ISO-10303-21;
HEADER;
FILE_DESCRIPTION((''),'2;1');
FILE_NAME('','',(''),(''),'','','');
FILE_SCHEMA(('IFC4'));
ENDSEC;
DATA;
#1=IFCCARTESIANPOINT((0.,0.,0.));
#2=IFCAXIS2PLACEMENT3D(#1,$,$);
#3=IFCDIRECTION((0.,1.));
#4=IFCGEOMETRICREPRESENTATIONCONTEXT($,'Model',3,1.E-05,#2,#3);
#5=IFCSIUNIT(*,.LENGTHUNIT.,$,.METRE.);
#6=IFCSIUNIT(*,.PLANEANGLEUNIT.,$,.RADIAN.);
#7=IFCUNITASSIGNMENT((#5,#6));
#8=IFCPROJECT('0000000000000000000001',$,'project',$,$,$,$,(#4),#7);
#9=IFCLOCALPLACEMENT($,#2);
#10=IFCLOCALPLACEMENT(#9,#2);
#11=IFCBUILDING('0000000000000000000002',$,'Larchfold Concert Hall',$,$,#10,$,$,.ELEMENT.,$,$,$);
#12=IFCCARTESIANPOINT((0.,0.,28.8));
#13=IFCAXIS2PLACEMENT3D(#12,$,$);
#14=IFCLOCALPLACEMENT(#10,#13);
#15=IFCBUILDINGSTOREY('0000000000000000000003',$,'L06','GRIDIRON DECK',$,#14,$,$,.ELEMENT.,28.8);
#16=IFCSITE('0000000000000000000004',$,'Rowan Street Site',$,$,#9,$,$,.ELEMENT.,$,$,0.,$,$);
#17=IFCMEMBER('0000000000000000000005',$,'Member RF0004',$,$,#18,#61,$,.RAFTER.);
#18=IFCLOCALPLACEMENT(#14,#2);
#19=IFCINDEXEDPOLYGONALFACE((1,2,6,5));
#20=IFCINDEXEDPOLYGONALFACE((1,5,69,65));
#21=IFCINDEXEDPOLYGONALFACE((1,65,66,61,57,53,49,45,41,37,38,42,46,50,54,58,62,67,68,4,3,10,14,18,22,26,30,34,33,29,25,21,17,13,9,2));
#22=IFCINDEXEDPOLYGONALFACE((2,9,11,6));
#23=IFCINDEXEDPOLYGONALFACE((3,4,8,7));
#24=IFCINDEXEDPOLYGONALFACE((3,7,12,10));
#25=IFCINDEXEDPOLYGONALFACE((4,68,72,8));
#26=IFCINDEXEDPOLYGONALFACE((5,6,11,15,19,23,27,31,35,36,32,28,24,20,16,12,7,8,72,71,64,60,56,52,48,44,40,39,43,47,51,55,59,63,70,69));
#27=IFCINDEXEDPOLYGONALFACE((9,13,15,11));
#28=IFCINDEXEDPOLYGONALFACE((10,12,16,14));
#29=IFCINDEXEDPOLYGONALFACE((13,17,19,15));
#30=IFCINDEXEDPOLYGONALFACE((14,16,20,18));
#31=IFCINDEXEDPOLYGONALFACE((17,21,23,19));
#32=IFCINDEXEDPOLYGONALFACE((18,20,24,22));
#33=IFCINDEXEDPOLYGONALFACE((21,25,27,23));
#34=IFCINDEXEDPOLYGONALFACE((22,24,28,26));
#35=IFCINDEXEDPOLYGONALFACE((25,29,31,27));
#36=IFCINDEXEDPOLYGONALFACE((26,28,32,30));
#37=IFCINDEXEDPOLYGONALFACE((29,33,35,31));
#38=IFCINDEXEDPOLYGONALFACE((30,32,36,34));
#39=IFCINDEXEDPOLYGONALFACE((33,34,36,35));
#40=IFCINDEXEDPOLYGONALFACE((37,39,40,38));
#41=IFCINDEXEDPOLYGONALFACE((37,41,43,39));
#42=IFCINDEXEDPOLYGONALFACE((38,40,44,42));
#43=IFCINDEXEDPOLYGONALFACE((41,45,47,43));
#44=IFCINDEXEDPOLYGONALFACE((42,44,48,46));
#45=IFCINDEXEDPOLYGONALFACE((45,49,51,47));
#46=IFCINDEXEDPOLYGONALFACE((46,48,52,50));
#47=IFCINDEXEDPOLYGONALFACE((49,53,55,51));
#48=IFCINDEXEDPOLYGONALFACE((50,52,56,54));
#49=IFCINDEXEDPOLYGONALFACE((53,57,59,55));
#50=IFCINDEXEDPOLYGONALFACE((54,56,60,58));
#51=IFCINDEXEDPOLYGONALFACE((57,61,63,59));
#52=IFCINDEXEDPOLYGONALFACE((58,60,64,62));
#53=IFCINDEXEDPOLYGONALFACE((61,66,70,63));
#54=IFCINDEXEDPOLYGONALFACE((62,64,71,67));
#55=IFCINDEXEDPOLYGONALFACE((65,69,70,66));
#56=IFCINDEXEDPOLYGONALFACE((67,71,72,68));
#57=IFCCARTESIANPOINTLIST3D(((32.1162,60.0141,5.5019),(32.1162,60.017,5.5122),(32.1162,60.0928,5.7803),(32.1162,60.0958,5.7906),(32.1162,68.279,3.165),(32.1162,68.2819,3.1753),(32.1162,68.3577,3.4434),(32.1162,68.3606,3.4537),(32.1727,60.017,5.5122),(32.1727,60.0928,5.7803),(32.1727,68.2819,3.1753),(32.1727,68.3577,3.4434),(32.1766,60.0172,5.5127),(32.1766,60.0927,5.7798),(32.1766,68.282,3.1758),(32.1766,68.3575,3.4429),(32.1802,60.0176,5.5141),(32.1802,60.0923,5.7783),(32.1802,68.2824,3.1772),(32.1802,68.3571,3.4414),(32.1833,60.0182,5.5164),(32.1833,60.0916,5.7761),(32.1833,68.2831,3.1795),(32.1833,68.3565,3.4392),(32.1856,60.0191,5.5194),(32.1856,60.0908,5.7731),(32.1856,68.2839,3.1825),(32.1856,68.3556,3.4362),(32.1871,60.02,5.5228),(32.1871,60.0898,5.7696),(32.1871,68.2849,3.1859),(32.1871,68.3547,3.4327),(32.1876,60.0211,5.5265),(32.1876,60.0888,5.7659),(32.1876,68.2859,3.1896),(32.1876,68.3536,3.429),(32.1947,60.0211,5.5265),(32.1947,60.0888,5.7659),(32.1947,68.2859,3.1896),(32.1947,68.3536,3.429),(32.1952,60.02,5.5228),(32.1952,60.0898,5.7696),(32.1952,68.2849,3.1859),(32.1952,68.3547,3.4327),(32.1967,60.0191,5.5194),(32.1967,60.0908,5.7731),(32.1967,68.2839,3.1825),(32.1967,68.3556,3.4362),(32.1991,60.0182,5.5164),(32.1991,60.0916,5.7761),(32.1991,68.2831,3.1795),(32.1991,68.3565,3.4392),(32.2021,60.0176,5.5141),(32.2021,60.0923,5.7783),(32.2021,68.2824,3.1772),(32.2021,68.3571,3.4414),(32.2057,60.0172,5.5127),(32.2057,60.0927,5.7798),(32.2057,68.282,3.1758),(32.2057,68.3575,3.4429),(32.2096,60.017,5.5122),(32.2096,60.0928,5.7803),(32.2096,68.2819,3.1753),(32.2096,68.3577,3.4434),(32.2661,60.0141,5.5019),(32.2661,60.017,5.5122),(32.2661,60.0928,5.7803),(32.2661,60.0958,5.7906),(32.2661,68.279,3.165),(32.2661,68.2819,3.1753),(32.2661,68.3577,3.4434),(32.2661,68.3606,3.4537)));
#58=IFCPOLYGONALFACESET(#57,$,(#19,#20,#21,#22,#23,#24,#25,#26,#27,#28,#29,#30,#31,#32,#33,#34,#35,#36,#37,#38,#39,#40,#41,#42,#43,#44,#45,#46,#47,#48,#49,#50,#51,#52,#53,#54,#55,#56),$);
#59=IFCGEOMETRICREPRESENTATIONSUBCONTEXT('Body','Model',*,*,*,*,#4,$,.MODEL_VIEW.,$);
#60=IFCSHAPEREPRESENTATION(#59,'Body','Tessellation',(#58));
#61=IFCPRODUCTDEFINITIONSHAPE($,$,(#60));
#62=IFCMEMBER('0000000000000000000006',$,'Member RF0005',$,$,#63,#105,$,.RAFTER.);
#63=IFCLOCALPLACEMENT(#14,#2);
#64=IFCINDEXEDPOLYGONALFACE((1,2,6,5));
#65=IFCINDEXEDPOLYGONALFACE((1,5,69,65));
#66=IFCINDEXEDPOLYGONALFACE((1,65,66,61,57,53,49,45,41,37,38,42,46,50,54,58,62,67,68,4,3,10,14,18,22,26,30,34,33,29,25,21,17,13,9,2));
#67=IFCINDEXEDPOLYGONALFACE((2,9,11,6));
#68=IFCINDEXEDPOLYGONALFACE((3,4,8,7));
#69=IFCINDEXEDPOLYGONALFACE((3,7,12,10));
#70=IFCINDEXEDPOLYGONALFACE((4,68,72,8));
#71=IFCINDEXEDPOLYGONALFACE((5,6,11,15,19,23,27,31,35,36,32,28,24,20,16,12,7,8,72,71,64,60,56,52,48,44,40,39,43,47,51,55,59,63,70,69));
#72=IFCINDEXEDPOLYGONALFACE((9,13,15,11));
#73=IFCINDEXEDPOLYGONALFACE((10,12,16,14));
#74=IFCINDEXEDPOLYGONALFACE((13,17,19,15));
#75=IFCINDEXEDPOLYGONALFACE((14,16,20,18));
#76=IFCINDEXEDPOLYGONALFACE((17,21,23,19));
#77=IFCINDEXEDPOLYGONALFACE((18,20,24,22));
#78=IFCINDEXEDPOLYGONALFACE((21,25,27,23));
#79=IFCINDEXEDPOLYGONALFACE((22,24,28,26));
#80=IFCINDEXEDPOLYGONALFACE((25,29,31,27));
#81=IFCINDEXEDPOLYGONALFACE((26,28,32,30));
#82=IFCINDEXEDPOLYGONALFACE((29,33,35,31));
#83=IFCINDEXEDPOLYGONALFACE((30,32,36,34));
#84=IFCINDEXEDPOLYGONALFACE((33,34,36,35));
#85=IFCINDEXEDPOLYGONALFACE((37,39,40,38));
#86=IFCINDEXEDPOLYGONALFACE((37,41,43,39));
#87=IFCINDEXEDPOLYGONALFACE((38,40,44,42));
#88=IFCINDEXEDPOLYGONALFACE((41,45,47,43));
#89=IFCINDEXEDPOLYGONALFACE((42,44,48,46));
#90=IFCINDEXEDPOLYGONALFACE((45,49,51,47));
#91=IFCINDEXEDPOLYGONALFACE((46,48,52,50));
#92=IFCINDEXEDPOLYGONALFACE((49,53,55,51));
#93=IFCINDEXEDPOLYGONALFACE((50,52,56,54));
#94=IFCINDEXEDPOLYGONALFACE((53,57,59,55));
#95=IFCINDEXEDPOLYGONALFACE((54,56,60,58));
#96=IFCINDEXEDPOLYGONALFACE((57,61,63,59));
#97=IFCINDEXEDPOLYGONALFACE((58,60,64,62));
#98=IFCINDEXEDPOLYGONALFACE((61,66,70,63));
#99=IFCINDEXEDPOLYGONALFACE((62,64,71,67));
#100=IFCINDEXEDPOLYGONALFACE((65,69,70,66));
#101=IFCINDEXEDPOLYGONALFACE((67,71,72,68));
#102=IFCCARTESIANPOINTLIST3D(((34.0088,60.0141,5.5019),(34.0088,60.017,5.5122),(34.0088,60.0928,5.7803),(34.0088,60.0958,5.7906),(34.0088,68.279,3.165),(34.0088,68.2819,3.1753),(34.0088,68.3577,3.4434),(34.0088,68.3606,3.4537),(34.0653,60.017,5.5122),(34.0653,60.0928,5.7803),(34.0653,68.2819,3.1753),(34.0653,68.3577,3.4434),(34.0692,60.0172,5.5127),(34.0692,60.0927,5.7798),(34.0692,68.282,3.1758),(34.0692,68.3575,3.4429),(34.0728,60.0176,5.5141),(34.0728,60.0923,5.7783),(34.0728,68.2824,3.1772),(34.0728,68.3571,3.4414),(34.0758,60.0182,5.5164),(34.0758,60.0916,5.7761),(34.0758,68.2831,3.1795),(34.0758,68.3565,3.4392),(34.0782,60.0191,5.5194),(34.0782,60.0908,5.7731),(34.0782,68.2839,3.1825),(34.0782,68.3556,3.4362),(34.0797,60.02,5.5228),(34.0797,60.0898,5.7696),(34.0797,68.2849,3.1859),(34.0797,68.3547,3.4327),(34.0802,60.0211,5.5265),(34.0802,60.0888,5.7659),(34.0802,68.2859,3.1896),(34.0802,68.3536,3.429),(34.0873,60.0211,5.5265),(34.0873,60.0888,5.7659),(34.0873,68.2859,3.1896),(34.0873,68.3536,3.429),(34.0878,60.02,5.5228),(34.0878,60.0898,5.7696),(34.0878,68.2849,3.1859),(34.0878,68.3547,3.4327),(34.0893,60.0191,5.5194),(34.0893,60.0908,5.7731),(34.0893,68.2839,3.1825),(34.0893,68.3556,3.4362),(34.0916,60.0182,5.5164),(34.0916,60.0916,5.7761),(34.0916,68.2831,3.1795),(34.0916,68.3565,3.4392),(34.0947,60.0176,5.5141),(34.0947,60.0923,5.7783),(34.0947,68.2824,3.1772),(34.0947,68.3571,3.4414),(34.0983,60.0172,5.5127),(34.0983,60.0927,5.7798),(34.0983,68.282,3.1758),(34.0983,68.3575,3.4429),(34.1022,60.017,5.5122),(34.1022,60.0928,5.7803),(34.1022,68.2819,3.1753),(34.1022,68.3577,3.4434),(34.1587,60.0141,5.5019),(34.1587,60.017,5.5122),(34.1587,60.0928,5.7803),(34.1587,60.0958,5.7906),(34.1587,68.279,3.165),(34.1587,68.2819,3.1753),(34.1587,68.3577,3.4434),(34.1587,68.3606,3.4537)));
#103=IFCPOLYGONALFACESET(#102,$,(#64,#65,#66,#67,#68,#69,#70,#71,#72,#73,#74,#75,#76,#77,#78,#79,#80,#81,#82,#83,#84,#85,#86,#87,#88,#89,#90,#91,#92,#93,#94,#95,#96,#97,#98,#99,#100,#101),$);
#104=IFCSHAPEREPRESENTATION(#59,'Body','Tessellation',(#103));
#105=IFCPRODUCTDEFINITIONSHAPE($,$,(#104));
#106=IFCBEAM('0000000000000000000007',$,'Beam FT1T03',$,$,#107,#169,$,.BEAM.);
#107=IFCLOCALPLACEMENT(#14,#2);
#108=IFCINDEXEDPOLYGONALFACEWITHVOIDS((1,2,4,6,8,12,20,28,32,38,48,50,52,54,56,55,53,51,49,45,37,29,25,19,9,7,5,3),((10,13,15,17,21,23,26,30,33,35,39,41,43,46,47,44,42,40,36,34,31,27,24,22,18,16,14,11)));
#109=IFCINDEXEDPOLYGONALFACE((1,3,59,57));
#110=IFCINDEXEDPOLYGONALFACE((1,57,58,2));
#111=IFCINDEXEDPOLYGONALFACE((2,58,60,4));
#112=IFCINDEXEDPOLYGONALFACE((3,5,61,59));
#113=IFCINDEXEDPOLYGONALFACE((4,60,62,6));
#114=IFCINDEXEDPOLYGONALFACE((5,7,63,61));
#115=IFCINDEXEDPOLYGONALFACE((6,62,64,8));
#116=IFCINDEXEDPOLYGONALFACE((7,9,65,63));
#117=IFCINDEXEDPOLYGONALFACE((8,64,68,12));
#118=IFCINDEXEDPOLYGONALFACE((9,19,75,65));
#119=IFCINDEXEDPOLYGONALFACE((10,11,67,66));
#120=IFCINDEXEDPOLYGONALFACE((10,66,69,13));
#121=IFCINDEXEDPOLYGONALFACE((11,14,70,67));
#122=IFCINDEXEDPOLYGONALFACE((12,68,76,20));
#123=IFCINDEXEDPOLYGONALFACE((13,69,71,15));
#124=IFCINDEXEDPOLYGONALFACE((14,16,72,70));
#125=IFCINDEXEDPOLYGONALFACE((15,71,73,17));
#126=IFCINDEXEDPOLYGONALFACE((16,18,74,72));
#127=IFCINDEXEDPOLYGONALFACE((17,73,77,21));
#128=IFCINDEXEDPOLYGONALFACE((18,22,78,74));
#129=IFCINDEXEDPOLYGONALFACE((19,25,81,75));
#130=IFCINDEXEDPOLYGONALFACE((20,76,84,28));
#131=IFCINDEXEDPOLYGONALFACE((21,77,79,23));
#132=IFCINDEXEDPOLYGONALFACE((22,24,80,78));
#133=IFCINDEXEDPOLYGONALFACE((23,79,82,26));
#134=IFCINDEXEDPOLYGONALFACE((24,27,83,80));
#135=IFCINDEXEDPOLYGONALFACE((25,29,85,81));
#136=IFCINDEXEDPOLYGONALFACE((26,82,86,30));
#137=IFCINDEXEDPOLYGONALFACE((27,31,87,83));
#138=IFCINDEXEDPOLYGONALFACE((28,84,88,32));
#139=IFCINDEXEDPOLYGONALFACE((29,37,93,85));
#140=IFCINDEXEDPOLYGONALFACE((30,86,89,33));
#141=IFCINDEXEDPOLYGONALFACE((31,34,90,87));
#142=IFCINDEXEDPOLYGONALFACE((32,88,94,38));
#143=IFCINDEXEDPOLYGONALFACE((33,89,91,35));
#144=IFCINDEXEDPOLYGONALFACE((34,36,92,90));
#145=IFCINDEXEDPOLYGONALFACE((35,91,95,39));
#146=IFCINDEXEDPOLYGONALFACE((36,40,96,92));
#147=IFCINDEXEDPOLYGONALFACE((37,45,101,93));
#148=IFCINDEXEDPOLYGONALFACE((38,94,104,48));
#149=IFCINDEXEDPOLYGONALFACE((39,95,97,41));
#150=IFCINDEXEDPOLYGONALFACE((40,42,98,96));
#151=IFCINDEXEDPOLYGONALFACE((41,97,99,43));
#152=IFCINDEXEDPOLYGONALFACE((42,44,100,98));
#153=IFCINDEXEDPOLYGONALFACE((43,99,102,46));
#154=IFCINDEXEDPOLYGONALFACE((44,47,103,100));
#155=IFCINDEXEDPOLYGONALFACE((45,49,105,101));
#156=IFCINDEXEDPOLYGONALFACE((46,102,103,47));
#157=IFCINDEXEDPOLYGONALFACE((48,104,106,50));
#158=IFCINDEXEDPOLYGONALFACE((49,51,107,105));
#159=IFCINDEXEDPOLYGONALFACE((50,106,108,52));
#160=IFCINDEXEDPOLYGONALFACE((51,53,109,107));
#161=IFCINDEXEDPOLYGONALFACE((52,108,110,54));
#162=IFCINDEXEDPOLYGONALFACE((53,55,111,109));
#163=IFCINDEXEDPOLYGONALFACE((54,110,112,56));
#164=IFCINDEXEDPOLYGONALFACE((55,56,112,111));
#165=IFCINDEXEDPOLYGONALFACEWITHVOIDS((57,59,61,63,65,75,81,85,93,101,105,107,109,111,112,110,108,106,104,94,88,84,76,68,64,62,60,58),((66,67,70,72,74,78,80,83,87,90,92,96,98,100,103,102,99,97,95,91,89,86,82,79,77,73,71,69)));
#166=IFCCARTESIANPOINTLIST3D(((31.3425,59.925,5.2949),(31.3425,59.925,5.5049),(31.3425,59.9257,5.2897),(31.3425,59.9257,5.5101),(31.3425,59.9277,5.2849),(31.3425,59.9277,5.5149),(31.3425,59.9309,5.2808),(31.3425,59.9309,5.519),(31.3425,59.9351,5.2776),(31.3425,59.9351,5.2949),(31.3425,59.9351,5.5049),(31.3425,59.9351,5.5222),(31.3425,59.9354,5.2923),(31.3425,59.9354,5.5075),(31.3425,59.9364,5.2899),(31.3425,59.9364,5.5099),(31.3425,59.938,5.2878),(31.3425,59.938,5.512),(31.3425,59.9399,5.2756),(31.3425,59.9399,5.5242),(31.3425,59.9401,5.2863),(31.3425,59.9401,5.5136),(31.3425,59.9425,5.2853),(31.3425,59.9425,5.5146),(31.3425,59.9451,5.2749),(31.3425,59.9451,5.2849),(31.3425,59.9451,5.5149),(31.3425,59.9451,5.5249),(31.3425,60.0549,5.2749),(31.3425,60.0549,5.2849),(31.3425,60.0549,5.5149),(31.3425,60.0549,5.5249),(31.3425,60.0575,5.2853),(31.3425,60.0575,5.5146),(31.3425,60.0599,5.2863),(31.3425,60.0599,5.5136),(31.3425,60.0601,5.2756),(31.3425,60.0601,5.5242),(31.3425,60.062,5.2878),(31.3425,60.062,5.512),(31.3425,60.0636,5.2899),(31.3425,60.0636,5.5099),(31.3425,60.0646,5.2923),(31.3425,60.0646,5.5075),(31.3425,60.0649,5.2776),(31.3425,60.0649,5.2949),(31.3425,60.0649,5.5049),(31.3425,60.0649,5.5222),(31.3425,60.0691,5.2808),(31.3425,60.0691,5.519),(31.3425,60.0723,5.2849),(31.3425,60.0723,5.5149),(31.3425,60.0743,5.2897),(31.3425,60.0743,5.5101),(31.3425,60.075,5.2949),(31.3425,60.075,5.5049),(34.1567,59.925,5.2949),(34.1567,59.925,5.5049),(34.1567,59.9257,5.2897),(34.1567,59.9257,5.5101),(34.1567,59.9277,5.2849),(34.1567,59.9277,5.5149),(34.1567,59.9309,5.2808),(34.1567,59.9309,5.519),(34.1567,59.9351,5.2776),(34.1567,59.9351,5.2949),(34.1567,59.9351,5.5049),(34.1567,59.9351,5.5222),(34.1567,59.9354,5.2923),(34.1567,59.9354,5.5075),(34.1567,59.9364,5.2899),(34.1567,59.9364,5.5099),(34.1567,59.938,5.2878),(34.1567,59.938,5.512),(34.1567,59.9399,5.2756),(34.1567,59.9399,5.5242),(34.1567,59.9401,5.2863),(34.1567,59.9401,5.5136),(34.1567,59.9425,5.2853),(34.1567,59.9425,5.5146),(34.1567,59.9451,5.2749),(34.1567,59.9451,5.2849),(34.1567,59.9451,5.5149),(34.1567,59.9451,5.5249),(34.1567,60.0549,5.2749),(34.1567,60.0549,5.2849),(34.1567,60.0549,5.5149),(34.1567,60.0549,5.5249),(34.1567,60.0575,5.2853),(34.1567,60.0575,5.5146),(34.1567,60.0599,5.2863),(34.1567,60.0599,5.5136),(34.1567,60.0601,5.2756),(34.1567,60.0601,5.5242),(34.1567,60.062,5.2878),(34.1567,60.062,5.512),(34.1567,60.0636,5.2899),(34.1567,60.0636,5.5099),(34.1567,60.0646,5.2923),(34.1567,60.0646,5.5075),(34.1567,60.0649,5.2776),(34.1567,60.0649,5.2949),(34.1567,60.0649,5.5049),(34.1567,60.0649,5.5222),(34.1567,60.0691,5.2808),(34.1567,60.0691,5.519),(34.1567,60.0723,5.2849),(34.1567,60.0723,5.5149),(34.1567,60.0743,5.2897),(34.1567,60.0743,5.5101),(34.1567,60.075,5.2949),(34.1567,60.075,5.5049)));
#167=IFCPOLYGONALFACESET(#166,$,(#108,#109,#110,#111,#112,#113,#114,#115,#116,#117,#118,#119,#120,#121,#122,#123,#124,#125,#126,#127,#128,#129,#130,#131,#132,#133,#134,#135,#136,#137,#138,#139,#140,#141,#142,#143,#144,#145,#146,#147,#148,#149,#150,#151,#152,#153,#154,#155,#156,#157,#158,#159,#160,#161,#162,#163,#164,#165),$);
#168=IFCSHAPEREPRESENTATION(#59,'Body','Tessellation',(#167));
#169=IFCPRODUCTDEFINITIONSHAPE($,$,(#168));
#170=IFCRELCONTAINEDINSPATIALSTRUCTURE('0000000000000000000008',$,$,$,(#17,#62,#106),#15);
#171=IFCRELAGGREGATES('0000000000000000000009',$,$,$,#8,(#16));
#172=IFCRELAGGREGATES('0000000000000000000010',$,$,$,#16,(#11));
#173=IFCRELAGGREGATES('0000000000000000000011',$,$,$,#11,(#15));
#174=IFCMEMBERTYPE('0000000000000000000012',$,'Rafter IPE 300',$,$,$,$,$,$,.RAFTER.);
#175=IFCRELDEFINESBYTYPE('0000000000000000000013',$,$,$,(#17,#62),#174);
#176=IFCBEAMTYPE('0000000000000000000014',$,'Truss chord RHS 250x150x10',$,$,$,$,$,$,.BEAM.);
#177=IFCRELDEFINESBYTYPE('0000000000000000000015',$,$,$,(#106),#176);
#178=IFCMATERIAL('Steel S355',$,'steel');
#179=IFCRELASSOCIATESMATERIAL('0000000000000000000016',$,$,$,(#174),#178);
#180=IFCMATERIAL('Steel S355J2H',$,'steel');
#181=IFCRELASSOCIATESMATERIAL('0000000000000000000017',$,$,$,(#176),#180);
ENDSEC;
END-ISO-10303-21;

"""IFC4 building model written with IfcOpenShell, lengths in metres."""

from ifc_helpers import new_model, si_unit, direction, frame, origin, origin_2d, place, context, subcontext, project, spatial, hollow_rectangle, i_section, extrude, material, material_profile, profile_set, type_object, element, save


model = new_model("IFC4")

# Units and contexts
model_context = context("Model", 3, precision=1e-05, world=origin(), true_north=direction((0.0, 1.0)))
body_context = subcontext(model_context, "Body", "Model", "MODEL_VIEW")
ifc_project = project(units=[si_unit("LENGTHUNIT", "METRE"), si_unit("PLANEANGLEUNIT", "RADIAN")], contexts=[model_context])

# Site, building, storey
site_placement = place(None, origin())
site = spatial("IfcSite", under=ifc_project, at=site_placement, Name="Rowan Street Site", CompositionType="ELEMENT", RefElevation=0.0)
building_placement = place(site_placement, origin())
building = spatial("IfcBuilding", under=site, at=building_placement, Name="Larchfold Concert Hall", CompositionType="ELEMENT")
storey_placement = place(building_placement, frame((0.0, 0.0, 28.8)))
storey = spatial("IfcBuildingStorey", under=building, at=storey_placement, Name="L06", Description="GRIDIRON DECK", CompositionType="ELEMENT", Elevation=28.8)

# Members
ifc_material_1 = material(Name="Steel S355", Category="steel")
ifc_material_profile_1 = material_profile(ifc_material_1, i_section(OverallWidth=0.1499, OverallDepth=0.3, WebThickness=0.0071, FlangeThickness=0.0107, FilletRadius=0.0149, at=origin_2d()))
ifc_profile_set_1 = profile_set([ifc_material_profile_1], Name="Steel S355")
member_type_1 = type_object("IfcMemberType", Name="Rafter IPE 300", PredefinedType="RAFTER", material=ifc_profile_set_1)
for number, where, z_axis, x_axis, name in (
    (1, (32.1912, 60.0549, 5.6462), (0.0, 0.962273, -0.272085), (-1.0, 0.0, 0.0), "Member RF0004"),
    (2, (34.0837, 60.0549, 5.6462), (0.0, 0.962273, -0.272085), (-1.0, 0.0, 0.0), "Member RF0005"),
):
    element("IfcMember", number, at=place(storey_placement, frame(where, z_axis=z_axis, x_axis=x_axis)), inside=storey, type_object=member_type_1, Name=name, PredefinedType="RAFTER", context=body_context, shape_type="SweptSolid", body=[
        extrude(i_section(OverallWidth=0.1499, OverallDepth=0.3, WebThickness=0.0071, FlangeThickness=0.0107, FilletRadius=0.0149, at=origin_2d()), origin(), (0.0, 0.0, 1.0), 8.5889),
    ])

# Beam
ifc_material_2 = material(Name="Steel S355J2H", Category="steel")
ifc_material_profile_2 = material_profile(ifc_material_2, hollow_rectangle(XDim=0.1499, YDim=0.25, WallThickness=0.01, InnerFilletRadius=0.01, OuterFilletRadius=0.02, at=origin_2d()))
ifc_profile_set_2 = profile_set([ifc_material_profile_2], Name="Steel S355J2H")
beam_type_1 = type_object("IfcBeamType", Name="Truss chord RHS 250x150x10", PredefinedType="BEAM", material=ifc_profile_set_2)
beam_1_placement = place(storey_placement, frame((31.3425, 60.0, 5.3999), z_axis=(1.0, 0.0, 0.0), x_axis=(0.0, 1.0, 0.0)))
element("IfcBeam", 3, at=beam_1_placement, inside=storey, type_object=beam_type_1, Name="Beam FT1T03", PredefinedType="BEAM", context=body_context, shape_type="SweptSolid", body=[
    extrude(hollow_rectangle(XDim=0.1499, YDim=0.25, WallThickness=0.01, InnerFilletRadius=0.01, OuterFilletRadius=0.02, at=origin_2d()), origin(), (0.0, 0.0, 1.0), 2.8142),
])

save(model, "model.ifc")
